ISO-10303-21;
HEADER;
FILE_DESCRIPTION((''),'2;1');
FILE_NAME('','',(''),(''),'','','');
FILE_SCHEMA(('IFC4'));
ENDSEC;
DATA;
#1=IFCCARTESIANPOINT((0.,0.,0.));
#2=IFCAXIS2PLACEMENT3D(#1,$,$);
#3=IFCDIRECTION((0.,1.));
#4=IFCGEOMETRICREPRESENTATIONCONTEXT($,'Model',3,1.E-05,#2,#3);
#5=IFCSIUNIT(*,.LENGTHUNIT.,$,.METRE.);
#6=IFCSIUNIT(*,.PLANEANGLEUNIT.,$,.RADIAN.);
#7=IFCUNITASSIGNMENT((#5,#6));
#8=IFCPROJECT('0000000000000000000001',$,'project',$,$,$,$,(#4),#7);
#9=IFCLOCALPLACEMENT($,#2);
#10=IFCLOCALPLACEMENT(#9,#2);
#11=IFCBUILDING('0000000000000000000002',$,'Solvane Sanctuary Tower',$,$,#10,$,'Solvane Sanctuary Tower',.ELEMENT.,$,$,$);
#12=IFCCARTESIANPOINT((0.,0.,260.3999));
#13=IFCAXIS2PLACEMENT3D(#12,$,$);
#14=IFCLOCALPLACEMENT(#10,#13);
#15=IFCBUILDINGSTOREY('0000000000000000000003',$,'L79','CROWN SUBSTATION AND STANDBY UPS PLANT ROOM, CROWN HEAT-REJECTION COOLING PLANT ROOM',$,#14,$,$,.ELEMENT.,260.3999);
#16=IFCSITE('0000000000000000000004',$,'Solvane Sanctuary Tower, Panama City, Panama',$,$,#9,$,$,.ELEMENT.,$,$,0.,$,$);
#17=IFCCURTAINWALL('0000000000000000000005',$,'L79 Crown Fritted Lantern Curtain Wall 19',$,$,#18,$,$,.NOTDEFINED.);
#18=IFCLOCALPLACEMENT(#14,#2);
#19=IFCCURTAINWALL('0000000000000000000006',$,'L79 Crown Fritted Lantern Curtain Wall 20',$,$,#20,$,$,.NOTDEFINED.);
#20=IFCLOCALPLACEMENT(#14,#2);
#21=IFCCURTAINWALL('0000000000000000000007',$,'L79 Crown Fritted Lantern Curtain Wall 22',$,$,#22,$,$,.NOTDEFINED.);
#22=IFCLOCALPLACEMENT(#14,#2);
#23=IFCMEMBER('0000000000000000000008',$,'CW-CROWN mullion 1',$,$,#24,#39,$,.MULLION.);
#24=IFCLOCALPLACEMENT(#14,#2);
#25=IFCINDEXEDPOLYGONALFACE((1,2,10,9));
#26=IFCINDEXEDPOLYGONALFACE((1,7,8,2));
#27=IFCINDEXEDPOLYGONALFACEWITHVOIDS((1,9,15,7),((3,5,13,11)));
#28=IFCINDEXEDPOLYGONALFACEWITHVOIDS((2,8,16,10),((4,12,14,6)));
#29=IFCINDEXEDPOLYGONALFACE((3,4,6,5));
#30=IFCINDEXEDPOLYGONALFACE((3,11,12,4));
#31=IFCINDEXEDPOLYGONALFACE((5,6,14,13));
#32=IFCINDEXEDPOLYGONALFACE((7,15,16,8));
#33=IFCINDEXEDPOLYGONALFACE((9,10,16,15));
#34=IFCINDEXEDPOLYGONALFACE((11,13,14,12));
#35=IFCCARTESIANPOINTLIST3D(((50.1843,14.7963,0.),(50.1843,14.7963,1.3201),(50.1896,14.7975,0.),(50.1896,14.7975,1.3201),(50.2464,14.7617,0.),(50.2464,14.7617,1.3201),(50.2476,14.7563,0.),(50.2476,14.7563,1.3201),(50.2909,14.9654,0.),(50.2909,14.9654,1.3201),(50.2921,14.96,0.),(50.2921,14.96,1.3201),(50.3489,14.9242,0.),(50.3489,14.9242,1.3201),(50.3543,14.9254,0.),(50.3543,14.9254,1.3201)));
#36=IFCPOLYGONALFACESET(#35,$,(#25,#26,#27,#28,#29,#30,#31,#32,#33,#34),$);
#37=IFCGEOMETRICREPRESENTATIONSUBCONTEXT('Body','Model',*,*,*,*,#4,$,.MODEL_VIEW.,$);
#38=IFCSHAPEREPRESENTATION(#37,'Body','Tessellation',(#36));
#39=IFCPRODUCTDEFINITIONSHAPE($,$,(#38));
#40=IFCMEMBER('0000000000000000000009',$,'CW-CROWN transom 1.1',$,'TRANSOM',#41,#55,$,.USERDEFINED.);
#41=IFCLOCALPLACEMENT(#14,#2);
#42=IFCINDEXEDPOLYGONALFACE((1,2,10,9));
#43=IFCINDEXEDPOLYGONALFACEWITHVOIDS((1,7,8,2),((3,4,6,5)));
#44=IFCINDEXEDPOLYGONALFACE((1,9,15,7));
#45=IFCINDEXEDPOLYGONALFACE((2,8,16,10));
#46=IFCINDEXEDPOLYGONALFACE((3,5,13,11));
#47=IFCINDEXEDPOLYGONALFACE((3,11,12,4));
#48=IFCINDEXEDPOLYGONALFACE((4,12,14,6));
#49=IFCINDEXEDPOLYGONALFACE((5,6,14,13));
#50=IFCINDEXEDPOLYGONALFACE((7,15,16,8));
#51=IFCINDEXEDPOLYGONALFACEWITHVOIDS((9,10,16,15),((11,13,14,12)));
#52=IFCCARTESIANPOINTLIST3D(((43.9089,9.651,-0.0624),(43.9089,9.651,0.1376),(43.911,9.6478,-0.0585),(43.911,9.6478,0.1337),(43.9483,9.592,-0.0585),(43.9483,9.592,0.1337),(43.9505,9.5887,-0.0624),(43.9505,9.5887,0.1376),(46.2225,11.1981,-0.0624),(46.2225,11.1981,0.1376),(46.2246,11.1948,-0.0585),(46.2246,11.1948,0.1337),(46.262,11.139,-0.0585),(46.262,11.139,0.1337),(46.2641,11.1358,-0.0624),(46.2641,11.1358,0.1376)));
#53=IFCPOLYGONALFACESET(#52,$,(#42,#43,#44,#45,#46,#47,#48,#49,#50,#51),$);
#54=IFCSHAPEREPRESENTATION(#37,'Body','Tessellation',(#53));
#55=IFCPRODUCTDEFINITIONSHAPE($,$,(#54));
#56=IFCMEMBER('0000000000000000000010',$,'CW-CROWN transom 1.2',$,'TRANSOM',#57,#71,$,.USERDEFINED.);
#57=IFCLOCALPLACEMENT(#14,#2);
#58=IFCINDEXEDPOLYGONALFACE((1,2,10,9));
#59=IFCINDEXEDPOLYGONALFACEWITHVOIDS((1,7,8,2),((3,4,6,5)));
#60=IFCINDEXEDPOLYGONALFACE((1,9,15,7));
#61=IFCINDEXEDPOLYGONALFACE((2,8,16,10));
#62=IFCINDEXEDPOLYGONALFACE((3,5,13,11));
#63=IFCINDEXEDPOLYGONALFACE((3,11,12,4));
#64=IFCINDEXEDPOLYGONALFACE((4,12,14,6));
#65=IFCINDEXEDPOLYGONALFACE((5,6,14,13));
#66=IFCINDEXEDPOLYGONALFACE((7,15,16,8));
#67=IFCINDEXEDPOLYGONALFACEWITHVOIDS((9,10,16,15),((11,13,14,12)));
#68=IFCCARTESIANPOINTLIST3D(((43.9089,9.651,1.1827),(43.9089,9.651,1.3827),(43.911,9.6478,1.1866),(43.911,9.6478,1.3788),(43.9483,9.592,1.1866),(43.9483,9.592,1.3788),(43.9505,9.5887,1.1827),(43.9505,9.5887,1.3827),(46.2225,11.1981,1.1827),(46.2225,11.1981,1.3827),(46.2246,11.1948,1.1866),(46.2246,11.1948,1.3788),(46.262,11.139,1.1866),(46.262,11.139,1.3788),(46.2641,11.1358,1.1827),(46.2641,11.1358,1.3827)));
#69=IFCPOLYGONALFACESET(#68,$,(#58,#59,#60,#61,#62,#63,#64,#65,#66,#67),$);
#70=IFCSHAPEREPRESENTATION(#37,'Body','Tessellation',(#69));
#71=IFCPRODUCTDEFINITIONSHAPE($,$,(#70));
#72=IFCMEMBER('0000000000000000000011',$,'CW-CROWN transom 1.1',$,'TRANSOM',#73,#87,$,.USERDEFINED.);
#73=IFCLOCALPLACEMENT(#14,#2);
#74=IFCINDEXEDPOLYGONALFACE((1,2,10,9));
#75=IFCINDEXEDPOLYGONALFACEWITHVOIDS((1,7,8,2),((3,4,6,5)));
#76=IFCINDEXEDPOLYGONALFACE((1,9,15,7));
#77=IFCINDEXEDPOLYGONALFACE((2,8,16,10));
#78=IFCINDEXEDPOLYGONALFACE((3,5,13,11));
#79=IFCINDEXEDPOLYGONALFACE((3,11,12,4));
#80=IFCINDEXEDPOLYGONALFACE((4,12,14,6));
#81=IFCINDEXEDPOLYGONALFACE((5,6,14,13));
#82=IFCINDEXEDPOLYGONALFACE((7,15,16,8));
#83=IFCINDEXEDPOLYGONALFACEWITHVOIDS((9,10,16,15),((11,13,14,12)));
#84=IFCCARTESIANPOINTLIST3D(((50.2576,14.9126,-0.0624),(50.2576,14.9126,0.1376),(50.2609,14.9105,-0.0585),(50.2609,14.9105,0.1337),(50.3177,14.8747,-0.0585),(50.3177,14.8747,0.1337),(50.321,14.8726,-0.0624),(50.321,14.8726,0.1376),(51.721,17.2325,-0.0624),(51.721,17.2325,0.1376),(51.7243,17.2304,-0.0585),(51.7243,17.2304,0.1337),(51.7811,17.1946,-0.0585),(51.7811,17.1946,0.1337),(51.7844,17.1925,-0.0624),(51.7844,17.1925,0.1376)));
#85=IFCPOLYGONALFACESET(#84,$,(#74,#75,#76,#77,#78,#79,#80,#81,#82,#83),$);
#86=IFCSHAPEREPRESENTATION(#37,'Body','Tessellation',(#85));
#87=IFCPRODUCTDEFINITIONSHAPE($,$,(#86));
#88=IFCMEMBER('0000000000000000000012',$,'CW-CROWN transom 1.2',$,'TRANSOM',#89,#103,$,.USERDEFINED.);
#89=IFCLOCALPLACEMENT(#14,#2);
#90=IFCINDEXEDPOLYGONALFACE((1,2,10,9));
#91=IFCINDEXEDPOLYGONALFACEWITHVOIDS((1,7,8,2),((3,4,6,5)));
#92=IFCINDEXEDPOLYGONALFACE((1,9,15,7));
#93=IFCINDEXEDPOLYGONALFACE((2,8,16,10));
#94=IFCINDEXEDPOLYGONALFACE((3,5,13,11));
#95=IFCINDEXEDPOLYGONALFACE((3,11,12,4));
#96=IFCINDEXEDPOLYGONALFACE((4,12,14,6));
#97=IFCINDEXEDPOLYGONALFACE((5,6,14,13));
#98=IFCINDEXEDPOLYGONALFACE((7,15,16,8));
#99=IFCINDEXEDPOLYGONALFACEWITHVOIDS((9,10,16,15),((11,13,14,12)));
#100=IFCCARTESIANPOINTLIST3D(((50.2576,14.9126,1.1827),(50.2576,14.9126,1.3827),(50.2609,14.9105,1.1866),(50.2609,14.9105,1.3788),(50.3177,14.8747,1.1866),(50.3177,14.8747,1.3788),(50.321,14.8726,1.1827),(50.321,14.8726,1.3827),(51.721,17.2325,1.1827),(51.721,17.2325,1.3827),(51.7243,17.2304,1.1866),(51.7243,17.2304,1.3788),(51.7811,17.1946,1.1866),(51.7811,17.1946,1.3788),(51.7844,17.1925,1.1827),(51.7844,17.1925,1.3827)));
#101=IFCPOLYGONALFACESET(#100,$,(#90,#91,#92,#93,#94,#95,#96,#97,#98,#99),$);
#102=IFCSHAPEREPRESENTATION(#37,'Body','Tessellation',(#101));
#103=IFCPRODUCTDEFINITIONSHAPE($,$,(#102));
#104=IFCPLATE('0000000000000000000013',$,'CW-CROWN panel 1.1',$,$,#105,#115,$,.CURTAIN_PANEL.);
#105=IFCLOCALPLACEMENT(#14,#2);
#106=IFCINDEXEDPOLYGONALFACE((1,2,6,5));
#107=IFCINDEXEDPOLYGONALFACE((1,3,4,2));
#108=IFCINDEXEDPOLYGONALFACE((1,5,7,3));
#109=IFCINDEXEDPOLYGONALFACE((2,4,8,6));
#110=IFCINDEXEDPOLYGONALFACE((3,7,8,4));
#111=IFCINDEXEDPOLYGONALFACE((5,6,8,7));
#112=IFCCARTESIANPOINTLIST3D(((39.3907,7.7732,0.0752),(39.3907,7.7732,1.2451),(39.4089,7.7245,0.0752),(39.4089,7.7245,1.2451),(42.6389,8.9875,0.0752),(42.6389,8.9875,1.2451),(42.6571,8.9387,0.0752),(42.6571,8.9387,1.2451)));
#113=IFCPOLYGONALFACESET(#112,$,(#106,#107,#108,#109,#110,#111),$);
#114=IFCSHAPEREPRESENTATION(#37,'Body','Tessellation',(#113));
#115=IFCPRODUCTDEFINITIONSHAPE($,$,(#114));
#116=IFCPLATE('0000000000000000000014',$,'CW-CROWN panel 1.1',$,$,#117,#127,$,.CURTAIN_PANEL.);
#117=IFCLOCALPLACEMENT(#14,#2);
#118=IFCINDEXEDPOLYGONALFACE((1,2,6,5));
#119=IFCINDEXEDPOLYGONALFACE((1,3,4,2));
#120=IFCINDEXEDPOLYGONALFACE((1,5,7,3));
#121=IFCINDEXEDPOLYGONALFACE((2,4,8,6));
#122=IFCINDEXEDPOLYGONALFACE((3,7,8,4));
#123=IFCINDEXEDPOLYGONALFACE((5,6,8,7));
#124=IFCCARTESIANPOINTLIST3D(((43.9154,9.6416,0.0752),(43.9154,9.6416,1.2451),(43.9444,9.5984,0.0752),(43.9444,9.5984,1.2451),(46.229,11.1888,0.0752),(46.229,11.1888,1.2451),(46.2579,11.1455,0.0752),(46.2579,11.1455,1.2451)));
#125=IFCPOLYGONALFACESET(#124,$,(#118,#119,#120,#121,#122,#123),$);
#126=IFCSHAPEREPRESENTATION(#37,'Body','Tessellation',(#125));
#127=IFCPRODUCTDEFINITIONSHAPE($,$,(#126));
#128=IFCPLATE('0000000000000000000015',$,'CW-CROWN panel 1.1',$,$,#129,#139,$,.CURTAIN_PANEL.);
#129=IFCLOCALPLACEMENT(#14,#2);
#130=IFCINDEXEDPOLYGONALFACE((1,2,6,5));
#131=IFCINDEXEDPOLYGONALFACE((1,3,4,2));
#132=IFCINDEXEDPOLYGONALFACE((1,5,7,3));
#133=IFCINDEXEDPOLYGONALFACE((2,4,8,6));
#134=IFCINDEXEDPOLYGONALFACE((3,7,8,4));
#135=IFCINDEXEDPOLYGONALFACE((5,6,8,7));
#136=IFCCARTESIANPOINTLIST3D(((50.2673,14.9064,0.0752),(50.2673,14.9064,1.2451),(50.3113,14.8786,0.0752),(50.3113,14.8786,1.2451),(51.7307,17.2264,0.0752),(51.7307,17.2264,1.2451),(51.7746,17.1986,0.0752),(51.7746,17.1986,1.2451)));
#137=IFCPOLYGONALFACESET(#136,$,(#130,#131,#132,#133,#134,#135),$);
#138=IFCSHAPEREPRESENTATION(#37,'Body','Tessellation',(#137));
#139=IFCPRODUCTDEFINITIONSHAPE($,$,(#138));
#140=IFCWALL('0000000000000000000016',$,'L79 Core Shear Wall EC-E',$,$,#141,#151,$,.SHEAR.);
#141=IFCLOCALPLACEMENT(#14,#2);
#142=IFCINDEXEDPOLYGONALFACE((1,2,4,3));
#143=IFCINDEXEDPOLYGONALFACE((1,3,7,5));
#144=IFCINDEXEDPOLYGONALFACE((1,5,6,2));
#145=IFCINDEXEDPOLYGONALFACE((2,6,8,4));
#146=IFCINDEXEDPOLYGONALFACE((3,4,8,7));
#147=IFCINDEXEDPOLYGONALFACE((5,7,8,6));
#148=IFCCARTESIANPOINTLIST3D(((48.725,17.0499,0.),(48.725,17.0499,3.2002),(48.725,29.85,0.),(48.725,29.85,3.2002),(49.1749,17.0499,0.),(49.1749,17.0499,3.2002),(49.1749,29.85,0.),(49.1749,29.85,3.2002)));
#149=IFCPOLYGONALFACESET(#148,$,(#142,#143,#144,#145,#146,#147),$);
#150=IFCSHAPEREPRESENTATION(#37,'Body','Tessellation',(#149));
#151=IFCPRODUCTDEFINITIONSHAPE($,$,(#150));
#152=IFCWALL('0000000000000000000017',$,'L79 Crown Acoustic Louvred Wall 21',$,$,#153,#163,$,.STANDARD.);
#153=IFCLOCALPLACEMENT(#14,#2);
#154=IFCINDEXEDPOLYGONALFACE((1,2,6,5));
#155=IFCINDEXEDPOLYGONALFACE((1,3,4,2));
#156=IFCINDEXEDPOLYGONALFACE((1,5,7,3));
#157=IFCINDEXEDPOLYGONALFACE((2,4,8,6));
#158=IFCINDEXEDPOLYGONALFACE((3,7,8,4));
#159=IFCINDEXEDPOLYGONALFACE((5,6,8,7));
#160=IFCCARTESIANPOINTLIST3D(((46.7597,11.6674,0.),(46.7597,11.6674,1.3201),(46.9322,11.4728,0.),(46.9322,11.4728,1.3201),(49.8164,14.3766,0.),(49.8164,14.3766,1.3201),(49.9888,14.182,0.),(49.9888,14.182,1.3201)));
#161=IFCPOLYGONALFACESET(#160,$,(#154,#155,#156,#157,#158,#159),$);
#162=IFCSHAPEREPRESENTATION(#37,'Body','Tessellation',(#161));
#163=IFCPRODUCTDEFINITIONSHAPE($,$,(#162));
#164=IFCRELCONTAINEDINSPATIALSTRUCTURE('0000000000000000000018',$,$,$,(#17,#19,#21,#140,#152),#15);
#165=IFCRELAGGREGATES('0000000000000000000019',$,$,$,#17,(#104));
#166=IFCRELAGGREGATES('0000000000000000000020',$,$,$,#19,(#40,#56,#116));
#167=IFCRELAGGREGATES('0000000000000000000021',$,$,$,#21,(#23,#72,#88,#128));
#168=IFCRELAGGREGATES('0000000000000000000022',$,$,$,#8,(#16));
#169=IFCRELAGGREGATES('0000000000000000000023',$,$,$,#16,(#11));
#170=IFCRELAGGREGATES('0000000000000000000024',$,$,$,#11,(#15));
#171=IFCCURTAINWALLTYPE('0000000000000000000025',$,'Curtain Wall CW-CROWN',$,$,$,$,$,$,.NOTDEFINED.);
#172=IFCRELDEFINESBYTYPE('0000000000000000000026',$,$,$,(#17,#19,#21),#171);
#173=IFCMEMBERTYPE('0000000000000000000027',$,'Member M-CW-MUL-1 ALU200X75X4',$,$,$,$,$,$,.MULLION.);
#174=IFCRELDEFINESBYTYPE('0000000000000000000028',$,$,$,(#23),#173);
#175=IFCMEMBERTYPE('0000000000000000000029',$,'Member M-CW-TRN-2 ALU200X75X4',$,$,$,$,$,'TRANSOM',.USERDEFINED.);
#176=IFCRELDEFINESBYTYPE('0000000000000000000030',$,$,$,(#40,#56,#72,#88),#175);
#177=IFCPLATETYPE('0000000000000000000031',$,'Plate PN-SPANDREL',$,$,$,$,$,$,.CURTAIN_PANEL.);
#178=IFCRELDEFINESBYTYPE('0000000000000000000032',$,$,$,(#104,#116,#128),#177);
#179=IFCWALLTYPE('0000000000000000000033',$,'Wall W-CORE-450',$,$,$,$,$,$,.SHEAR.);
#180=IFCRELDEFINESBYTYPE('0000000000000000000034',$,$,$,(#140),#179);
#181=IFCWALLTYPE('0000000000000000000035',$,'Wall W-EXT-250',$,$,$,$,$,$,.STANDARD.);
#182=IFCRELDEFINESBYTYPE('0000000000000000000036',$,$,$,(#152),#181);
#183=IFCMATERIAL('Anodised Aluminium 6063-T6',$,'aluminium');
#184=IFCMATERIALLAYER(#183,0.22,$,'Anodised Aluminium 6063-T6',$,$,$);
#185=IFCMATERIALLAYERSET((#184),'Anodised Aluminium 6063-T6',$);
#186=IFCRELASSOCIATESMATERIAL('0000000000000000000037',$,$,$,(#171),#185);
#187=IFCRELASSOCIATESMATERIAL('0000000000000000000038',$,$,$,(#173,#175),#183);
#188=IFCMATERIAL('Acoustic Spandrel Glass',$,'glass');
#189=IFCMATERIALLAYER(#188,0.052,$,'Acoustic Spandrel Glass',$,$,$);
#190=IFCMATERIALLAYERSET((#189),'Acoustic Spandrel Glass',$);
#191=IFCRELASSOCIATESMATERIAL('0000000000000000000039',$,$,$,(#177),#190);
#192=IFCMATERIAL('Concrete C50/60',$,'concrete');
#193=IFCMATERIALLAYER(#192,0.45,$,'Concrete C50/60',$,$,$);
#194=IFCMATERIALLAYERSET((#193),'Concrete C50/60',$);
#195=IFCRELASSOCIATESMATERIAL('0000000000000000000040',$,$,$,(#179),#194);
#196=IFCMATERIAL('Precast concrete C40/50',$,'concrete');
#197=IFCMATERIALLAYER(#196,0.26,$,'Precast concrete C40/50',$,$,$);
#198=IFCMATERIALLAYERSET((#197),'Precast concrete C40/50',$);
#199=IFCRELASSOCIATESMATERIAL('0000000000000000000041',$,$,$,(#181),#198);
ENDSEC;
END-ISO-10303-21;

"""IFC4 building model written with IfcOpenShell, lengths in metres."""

from ifc_helpers import new_model, si_unit, direction, frame, frame_2d, origin, origin_2d, place, context, subcontext, project, spatial, rectangle, hollow_rectangle, extrude, material, layer, layer_set, material_profile, profile_set, type_object, element, aggregate, save


model = new_model("IFC4")

# Units and contexts
model_context = context("Model", 3, precision=1e-05, world=origin(), true_north=direction((0.0, 1.0)))
body_context = subcontext(model_context, "Body", "Model", "MODEL_VIEW")
ifc_project = project(units=[si_unit("LENGTHUNIT", "METRE"), si_unit("PLANEANGLEUNIT", "RADIAN")], contexts=[model_context])

# Site, building, storey
site_placement = place(None, origin())
site = spatial("IfcSite", under=ifc_project, at=site_placement, Name="Solvane Sanctuary Tower, Panama City, Panama", CompositionType="ELEMENT", RefElevation=0.0)
building_placement = place(site_placement, origin())
building = spatial("IfcBuilding", under=site, at=building_placement, Name="Solvane Sanctuary Tower", LongName="Solvane Sanctuary Tower", CompositionType="ELEMENT")
storey_placement = place(building_placement, frame((0.0, 0.0, 260.3999)))
storey = spatial("IfcBuildingStorey", under=building, at=storey_placement, Name="L79", Description="CROWN SUBSTATION AND STANDBY UPS PLANT ROOM, CROWN HEAT-REJECTION COOLING PLANT ROOM", CompositionType="ELEMENT", Elevation=260.3999)

# Curtain wall
ifc_material_1 = material(Name="Anodised Aluminium 6063-T6", Category="aluminium")
ifc_layer_1 = layer(ifc_material_1, 0.22, Name="Anodised Aluminium 6063-T6")
ifc_layer_set_1 = layer_set([ifc_layer_1], Name="Anodised Aluminium 6063-T6")
curtain_wall_type = type_object("IfcCurtainWallType", Name="Curtain Wall CW-CROWN", PredefinedType="NOTDEFINED", material=ifc_layer_set_1)
curtain_wall_1_placement = place(storey_placement, origin())
curtain_wall_1 = element("IfcCurtainWall", 1, at=curtain_wall_1_placement, inside=storey, type_object=curtain_wall_type, Name="L79 Crown Fritted Lantern Curtain Wall 19", PredefinedType="NOTDEFINED")
ifc_material_profile_1 = material_profile(ifc_material_1, hollow_rectangle(XDim=0.075, YDim=0.2, WallThickness=0.0039, at=origin_2d()), Name="ALU200X75X4")
ifc_profile_set_1 = profile_set([ifc_material_profile_1], Name="Anodised Aluminium 6063-T6")
member_type_1 = type_object("IfcMemberType", Name="Member M-CW-MUL-1 ALU200X75X4", PredefinedType="MULLION", material=ifc_profile_set_1)

# Curtain wall
curtain_wall_2_placement = place(storey_placement, origin())
curtain_wall_2 = element("IfcCurtainWall", 2, at=curtain_wall_2_placement, inside=storey, type_object=curtain_wall_type, Name="L79 Crown Fritted Lantern Curtain Wall 20", PredefinedType="NOTDEFINED")

# Curtain wall, member
curtain_wall_3_placement = place(storey_placement, origin())
curtain_wall_3 = element("IfcCurtainWall", 3, at=curtain_wall_3_placement, inside=storey, type_object=curtain_wall_type, Name="L79 Crown Fritted Lantern Curtain Wall 22", PredefinedType="NOTDEFINED")
member_1_placement = place(storey_placement, frame((50.2693, 14.8608, 0.0), z_axis=(0.0, 0.0, 1.0), x_axis=(-0.845808, 0.533487, 0.0)))
member_1 = element("IfcMember", 4, at=member_1_placement, type_object=member_type_1, Name="CW-CROWN mullion 1", PredefinedType="MULLION", context=body_context, shape_type="SweptSolid", body=[
    extrude(hollow_rectangle(XDim=0.075, YDim=0.2, WallThickness=0.0039, at=origin_2d()), origin(), (0.0, 0.0, 1.0), 1.3201),
])

# Members
ifc_material_profile_2 = material_profile(ifc_material_1, hollow_rectangle(XDim=0.075, YDim=0.2, WallThickness=0.0039, at=origin_2d()), Name="ALU200X75X4")
ifc_profile_set_2 = profile_set([ifc_material_profile_2], Name="Anodised Aluminium 6063-T6")
member_type_2 = type_object("IfcMemberType", Name="Member M-CW-TRN-2 ALU200X75X4", ElementType="TRANSOM", PredefinedType="USERDEFINED", material=ifc_profile_set_2)
member_2_placement = place(storey_placement, frame((43.9297, 9.6199, 0.0376), z_axis=(0.83128, 0.555853, 0.0), x_axis=(-0.555853, 0.83128, 0.0)))
member_2 = element("IfcMember", 5, at=member_2_placement, type_object=member_type_2, Name="CW-CROWN transom 1.1", ObjectType="TRANSOM", PredefinedType="USERDEFINED", context=body_context, shape_type="SweptSolid", body=[
    extrude(hollow_rectangle(XDim=0.075, YDim=0.2, WallThickness=0.0039, at=origin_2d()), origin(), (0.0, 0.0, 1.0), 2.7832),
])
member_3_placement = place(storey_placement, frame((43.9297, 9.6199, 1.2827), z_axis=(0.83128, 0.555853, 0.0), x_axis=(-0.555853, 0.83128, 0.0)))
member_3 = element("IfcMember", 6, at=member_3_placement, type_object=member_type_2, Name="CW-CROWN transom 1.2", ObjectType="TRANSOM", PredefinedType="USERDEFINED", context=body_context, shape_type="SweptSolid", body=[
    extrude(hollow_rectangle(XDim=0.075, YDim=0.2, WallThickness=0.0039, at=origin_2d()), origin(), (0.0, 0.0, 1.0), 2.7832),
])
member_4_placement = place(storey_placement, frame((50.2893, 14.8926, 0.0376), z_axis=(0.533531, 0.845781, 0.0), x_axis=(-0.845781, 0.533531, 0.0)))
member_4 = element("IfcMember", 7, at=member_4_placement, type_object=member_type_2, Name="CW-CROWN transom 1.1", ObjectType="TRANSOM", PredefinedType="USERDEFINED", context=body_context, shape_type="SweptSolid", body=[
    extrude(hollow_rectangle(XDim=0.075, YDim=0.2, WallThickness=0.0039, at=origin_2d()), origin(), (0.0, 0.0, 1.0), 2.7429),
])
member_5_placement = place(storey_placement, frame((50.2893, 14.8926, 1.2827), z_axis=(0.533531, 0.845781, 0.0), x_axis=(-0.845781, 0.533531, 0.0)))
member_5 = element("IfcMember", 8, at=member_5_placement, type_object=member_type_2, Name="CW-CROWN transom 1.2", ObjectType="TRANSOM", PredefinedType="USERDEFINED", context=body_context, shape_type="SweptSolid", body=[
    extrude(hollow_rectangle(XDim=0.075, YDim=0.2, WallThickness=0.0039, at=origin_2d()), origin(), (0.0, 0.0, 1.0), 2.7429),
])

# Plates
ifc_material_2 = material(Name="Acoustic Spandrel Glass", Category="glass")
ifc_layer_2 = layer(ifc_material_2, 0.052, Name="Acoustic Spandrel Glass")
ifc_layer_set_2 = layer_set([ifc_layer_2], Name="Acoustic Spandrel Glass")
plate_type = type_object("IfcPlateType", Name="Plate PN-SPANDREL", PredefinedType="CURTAIN_PANEL", material=ifc_layer_set_2)
plate_1_placement = place(storey_placement, frame((41.0239, 8.356, 0.0752), z_axis=(0.0, 0.0, 1.0), x_axis=(0.936689, 0.350163, 0.0)))
plate_1 = element("IfcPlate", 9, at=plate_1_placement, type_object=plate_type, Name="CW-CROWN panel 1.1", PredefinedType="CURTAIN_PANEL", context=body_context, shape_type="SweptSolid", body=[
    extrude(rectangle(XDim=3.4678, YDim=0.052, at=origin_2d()), origin(), (0.0, 0.0, 1.0), 1.1699),
])
aggregate(curtain_wall_1, [plate_1])
plate_2_placement = place(storey_placement, frame((45.0867, 10.3936, 0.0752), z_axis=(0.0, 0.0, 1.0), x_axis=(0.831252, 0.555895, 0.0)))
plate_2 = element("IfcPlate", 10, at=plate_2_placement, type_object=plate_type, Name="CW-CROWN panel 1.1", PredefinedType="CURTAIN_PANEL", context=body_context, shape_type="SweptSolid", body=[
    extrude(rectangle(XDim=2.7832, YDim=0.052, at=origin_2d()), origin(), (0.0, 0.0, 1.0), 1.1699),
])
aggregate(curtain_wall_2, [member_2, member_3, plate_2])
plate_3_placement = place(storey_placement, frame((51.021, 16.0525, 0.0752), z_axis=(0.0, 0.0, 1.0), x_axis=(0.533487, 0.845808, 0.0)))
plate_3 = element("IfcPlate", 11, at=plate_3_placement, type_object=plate_type, Name="CW-CROWN panel 1.1", PredefinedType="CURTAIN_PANEL", context=body_context, shape_type="SweptSolid", body=[
    extrude(rectangle(XDim=2.7429, YDim=0.052, at=origin_2d()), origin(), (0.0, 0.0, 1.0), 1.1699),
])
aggregate(curtain_wall_3, [member_1, member_4, member_5, plate_3])

# Walls
ifc_material_3 = material(Name="Concrete C50/60", Category="concrete")
ifc_layer_3 = layer(ifc_material_3, 0.45, Name="Concrete C50/60")
ifc_layer_set_3 = layer_set([ifc_layer_3], Name="Concrete C50/60")
wall_type_1 = type_object("IfcWallType", Name="Wall W-CORE-450", PredefinedType="SHEAR", material=ifc_layer_set_3)
wall_1_placement = place(storey_placement, frame((48.95, 17.05, 0.0), z_axis=(0.0, 0.0, 1.0), x_axis=(0.0, 1.0, 0.0)))
element("IfcWall", 12, at=wall_1_placement, inside=storey, type_object=wall_type_1, Name="L79 Core Shear Wall EC-E", PredefinedType="SHEAR", context=body_context, shape_type="SweptSolid", body=[
    extrude(rectangle(XDim=12.8, YDim=0.45, at=frame_2d((6.3999, 0.0))), origin(), (0.0, 0.0, 1.0), 3.2002),
])
ifc_material_4 = material(Name="Precast concrete C40/50", Category="concrete")
ifc_layer_4 = layer(ifc_material_4, 0.26, Name="Precast concrete C40/50")
ifc_layer_set_4 = layer_set([ifc_layer_4], Name="Precast concrete C40/50")
wall_type_2 = type_object("IfcWallType", Name="Wall W-EXT-250", PredefinedType="STANDARD", material=ifc_layer_set_4)
wall_2_placement = place(storey_placement, frame((46.8459, 11.5701, 0.0), z_axis=(0.0, 0.0, 1.0), x_axis=(0.748355, 0.663298, 0.0)))
element("IfcWall", 13, at=wall_2_placement, inside=storey, type_object=wall_type_2, Name="L79 Crown Acoustic Louvred Wall 21", PredefinedType="STANDARD", context=body_context, shape_type="SweptSolid", body=[
    extrude(rectangle(XDim=4.0845, YDim=0.26, at=frame_2d((2.0422, 0.0))), origin(), (0.0, 0.0, 1.0), 1.3201),
])

save(model, "model.ifc")
